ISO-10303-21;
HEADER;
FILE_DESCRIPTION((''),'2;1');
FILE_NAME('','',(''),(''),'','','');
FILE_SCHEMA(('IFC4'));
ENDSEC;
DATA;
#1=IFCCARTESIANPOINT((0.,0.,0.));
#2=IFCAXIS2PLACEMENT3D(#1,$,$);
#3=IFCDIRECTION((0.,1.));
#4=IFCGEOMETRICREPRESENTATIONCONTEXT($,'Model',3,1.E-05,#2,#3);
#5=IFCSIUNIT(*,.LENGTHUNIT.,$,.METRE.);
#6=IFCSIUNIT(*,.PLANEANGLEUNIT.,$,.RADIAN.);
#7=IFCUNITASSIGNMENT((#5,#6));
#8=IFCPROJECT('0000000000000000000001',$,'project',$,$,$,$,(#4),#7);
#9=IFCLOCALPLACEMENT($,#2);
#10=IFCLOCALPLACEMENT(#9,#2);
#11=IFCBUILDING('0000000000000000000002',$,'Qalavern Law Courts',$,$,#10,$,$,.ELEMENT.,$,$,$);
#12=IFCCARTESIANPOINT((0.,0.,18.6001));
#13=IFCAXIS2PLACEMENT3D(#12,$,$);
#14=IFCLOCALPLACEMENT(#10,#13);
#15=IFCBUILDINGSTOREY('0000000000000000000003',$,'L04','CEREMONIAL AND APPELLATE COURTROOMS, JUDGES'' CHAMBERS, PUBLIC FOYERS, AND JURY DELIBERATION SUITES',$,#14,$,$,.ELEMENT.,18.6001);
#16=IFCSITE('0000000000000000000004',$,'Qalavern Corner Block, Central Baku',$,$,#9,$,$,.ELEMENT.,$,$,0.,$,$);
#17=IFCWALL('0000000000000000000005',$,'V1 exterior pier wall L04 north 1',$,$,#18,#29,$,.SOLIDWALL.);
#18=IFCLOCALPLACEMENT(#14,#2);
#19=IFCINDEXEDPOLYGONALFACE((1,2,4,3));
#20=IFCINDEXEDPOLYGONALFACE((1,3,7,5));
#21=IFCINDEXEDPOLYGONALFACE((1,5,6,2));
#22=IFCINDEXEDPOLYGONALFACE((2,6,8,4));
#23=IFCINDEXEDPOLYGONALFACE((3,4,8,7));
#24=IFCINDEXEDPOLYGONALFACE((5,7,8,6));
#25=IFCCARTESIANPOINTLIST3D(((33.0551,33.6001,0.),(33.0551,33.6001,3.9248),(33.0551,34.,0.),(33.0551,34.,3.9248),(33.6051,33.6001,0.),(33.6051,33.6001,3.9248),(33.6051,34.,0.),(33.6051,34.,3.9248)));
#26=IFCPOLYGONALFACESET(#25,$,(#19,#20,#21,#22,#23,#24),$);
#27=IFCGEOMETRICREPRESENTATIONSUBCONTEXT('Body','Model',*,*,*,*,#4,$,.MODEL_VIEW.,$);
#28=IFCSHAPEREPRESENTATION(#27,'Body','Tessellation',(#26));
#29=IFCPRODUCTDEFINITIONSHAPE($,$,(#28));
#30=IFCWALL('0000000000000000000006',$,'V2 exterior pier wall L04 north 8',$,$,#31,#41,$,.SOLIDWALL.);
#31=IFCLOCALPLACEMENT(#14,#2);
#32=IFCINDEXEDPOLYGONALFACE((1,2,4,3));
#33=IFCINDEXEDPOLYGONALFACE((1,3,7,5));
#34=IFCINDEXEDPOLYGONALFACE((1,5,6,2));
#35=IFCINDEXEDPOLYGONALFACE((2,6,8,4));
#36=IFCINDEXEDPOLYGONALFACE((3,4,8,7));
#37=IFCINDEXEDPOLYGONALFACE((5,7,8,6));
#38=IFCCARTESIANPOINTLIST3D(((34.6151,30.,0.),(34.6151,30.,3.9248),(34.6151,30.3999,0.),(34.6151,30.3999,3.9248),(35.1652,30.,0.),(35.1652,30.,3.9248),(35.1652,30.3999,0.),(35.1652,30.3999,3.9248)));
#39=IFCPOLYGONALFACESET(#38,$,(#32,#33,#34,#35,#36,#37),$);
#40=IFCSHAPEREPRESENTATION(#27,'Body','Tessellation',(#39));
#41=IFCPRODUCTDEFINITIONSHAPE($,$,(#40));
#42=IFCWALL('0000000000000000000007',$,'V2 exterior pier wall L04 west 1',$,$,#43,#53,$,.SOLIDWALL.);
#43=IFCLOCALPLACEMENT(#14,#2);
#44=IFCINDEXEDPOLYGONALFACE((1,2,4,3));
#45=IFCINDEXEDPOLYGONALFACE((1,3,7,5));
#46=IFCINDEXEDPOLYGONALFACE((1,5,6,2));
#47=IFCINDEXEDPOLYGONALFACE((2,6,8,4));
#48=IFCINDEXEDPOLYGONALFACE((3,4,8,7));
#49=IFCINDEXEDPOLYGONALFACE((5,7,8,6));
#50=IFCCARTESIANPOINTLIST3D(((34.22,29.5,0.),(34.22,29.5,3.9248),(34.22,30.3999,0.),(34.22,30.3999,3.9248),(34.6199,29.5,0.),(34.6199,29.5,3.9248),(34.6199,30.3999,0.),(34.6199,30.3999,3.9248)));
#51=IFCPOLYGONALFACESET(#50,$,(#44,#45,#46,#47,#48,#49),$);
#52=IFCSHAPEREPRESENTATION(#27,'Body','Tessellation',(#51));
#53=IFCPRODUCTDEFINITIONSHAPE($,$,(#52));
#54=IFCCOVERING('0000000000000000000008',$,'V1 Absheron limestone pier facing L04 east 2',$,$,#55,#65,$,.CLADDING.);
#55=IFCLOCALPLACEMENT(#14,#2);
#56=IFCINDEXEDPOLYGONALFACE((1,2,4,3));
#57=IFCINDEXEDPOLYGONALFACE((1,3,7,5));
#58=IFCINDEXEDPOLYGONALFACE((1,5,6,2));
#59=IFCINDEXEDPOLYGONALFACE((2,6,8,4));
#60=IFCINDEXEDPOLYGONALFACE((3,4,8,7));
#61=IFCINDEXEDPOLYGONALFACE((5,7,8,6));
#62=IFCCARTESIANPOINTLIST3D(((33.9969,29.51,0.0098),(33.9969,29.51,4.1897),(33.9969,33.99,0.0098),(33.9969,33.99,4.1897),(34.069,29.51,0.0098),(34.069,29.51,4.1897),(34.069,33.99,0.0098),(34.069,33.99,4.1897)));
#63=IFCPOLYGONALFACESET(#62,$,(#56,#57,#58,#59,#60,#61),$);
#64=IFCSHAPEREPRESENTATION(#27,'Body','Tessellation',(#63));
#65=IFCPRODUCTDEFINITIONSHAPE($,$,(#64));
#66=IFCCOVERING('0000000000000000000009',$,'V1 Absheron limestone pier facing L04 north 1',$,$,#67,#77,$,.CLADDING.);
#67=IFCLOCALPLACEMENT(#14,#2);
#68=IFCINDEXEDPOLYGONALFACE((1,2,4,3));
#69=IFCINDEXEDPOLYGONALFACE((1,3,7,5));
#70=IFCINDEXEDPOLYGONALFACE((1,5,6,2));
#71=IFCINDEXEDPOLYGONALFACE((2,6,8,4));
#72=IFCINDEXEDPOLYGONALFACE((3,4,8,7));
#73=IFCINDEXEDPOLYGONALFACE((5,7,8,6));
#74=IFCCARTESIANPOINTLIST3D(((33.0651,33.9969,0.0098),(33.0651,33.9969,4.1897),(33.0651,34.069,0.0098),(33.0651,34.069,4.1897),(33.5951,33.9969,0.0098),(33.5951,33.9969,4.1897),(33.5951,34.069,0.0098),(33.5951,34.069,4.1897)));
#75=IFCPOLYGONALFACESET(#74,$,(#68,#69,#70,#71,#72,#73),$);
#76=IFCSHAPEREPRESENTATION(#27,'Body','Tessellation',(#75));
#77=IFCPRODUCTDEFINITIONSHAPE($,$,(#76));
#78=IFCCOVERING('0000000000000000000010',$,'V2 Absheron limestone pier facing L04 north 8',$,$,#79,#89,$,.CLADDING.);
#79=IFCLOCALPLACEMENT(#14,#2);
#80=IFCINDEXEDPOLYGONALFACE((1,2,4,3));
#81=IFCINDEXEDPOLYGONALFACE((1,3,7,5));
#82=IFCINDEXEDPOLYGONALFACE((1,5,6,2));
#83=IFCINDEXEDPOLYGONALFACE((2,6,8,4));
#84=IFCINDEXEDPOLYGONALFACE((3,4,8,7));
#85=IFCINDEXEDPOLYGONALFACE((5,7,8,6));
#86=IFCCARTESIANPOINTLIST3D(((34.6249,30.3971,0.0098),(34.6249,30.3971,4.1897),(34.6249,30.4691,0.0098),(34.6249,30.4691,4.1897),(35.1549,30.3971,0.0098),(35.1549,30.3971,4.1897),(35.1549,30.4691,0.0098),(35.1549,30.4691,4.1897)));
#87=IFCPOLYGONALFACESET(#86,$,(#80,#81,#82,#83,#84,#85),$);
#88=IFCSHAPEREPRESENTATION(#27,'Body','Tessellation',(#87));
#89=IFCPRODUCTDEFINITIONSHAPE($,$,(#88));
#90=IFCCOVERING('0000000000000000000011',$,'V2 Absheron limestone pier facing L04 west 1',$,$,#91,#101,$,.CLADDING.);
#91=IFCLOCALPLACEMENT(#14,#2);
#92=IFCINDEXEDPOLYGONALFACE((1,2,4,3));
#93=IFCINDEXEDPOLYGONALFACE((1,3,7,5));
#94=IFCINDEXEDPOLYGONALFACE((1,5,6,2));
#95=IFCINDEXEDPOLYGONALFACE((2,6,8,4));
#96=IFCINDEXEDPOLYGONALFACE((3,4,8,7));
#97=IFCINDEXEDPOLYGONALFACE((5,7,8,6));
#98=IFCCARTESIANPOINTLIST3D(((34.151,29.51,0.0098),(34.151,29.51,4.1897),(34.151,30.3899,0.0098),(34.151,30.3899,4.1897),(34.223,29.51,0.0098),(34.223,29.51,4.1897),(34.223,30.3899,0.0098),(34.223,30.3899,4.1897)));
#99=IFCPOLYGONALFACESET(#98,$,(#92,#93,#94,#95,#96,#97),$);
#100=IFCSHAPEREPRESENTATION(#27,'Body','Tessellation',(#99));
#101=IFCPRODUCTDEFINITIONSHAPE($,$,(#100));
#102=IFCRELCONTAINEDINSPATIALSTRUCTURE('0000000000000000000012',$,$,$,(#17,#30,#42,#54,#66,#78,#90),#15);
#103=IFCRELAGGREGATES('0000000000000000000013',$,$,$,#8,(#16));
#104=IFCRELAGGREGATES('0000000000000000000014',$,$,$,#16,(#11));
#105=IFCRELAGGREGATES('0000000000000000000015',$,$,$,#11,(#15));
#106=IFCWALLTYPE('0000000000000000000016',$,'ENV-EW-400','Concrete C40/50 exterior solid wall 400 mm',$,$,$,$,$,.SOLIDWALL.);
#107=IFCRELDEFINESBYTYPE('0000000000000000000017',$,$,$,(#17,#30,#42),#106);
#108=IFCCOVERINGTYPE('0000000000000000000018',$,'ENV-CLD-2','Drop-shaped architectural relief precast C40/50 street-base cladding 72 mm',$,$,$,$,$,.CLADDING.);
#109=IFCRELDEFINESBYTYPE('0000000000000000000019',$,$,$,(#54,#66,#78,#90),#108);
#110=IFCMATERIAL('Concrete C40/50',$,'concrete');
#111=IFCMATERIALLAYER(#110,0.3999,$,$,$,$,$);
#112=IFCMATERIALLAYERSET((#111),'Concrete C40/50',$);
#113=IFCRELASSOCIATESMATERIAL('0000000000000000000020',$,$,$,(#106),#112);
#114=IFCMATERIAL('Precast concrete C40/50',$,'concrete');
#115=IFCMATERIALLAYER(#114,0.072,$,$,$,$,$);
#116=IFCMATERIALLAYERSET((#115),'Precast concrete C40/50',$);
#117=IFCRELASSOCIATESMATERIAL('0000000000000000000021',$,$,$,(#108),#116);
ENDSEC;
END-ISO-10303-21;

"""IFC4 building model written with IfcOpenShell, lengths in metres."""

from ifc_helpers import new_model, si_unit, direction, frame, frame_2d, origin, origin_2d, place, context, subcontext, project, spatial, rectangle, extrude, material, layer, layer_set, type_object, element, save


model = new_model("IFC4")

# Units and contexts
model_context = context("Model", 3, precision=1e-05, world=origin(), true_north=direction((0.0, 1.0)))
body_context = subcontext(model_context, "Body", "Model", "MODEL_VIEW")
ifc_project = project(units=[si_unit("LENGTHUNIT", "METRE"), si_unit("PLANEANGLEUNIT", "RADIAN")], contexts=[model_context])

# Site, building, storey
site_placement = place(None, origin())
site = spatial("IfcSite", under=ifc_project, at=site_placement, Name="Qalavern Corner Block, Central Baku", CompositionType="ELEMENT", RefElevation=0.0)
building_placement = place(site_placement, origin())
building = spatial("IfcBuilding", under=site, at=building_placement, Name="Qalavern Law Courts", CompositionType="ELEMENT")
storey_placement = place(building_placement, frame((0.0, 0.0, 18.6001)))
storey = spatial("IfcBuildingStorey", under=building, at=storey_placement, Name="L04", Description="CEREMONIAL AND APPELLATE COURTROOMS, JUDGES' CHAMBERS, PUBLIC FOYERS, AND JURY DELIBERATION SUITES", CompositionType="ELEMENT", Elevation=18.6001)

# Shared definitions
ifc_material_1 = material(Name="Concrete C40/50", Category="concrete")

# Walls
ifc_layer_1 = layer(ifc_material_1, 0.3999)
ifc_layer_set_1 = layer_set([ifc_layer_1], Name="Concrete C40/50")
wall_type = type_object("IfcWallType", Name="ENV-EW-400", Description="Concrete C40/50 exterior solid wall 400 mm", PredefinedType="SOLIDWALL", material=ifc_layer_set_1)
for number, where, z_axis, x_axis, name in (
    (1, (33.605, 33.8, 0.0), (0.0, 0.0, 1.0), (-1.0, 0.0, 0.0), "V1 exterior pier wall L04 north 1"),
    (2, (35.165, 30.2, 0.0), (0.0, 0.0, 1.0), (-1.0, 0.0, 0.0), "V2 exterior pier wall L04 north 8"),
):
    element("IfcWall", number, at=place(storey_placement, frame(where, z_axis=z_axis, x_axis=x_axis)), inside=storey, type_object=wall_type, Name=name, PredefinedType="SOLIDWALL", context=body_context, shape_type="SweptSolid", body=[
        extrude(rectangle(XDim=0.55, YDim=0.3999, at=frame_2d((0.2749, 0.0))), origin(), (0.0, 0.0, 1.0), 3.9248),
    ])
wall_1_placement = place(storey_placement, frame((34.4199, 30.3999, 0.0), z_axis=(0.0, 0.0, 1.0), x_axis=(0.0, -1.0, 0.0)))
element("IfcWall", 3, at=wall_1_placement, inside=storey, type_object=wall_type, Name="V2 exterior pier wall L04 west 1", PredefinedType="SOLIDWALL", context=body_context, shape_type="SweptSolid", body=[
    extrude(rectangle(XDim=0.8999, YDim=0.3999, at=frame_2d((0.45, 0.0))), origin(), (0.0, 0.0, 1.0), 3.9248),
])

# Coverings
ifc_material_2 = material(Name="Precast concrete C40/50", Category="concrete")
ifc_layer_2 = layer(ifc_material_2, 0.072)
ifc_layer_set_2 = layer_set([ifc_layer_2], Name="Precast concrete C40/50")
covering_type = type_object("IfcCoveringType", Name="ENV-CLD-2", Description="Drop-shaped architectural relief precast C40/50 street-base cladding 72 mm", PredefinedType="CLADDING", material=ifc_layer_set_2)
covering_1_placement = place(storey_placement, frame((34.033, 31.75, 0.0098), z_axis=(0.0, 0.0, 1.0), x_axis=(0.0, 1.0, 0.0)))
element("IfcCovering", 4, at=covering_1_placement, inside=storey, type_object=covering_type, Name="V1 Absheron limestone pier facing L04 east 2", PredefinedType="CLADDING", context=body_context, shape_type="SweptSolid", body=[
    extrude(rectangle(XDim=4.48, YDim=0.072, at=origin_2d()), origin(), (0.0, 0.0, 1.0), 4.1799),
])
for number, where, z_axis, x_axis, name in (
    (5, (33.3301, 34.033, 0.0098), (0.0, 0.0, 1.0), (-1.0, 0.0, 0.0), "V1 Absheron limestone pier facing L04 north 1"),
    (6, (34.8899, 30.4331, 0.0098), (0.0, 0.0, 1.0), (-1.0, 0.0, 0.0), "V2 Absheron limestone pier facing L04 north 8"),
):
    element("IfcCovering", number, at=place(storey_placement, frame(where, z_axis=z_axis, x_axis=x_axis)), inside=storey, type_object=covering_type, Name=name, PredefinedType="CLADDING", context=body_context, shape_type="SweptSolid", body=[
        extrude(rectangle(XDim=0.53, YDim=0.072, at=origin_2d()), origin(), (0.0, 0.0, 1.0), 4.1799),
    ])
covering_2_placement = place(storey_placement, frame((34.187, 29.95, 0.0098), z_axis=(0.0, 0.0, 1.0), x_axis=(0.0, -1.0, 0.0)))
element("IfcCovering", 7, at=covering_2_placement, inside=storey, type_object=covering_type, Name="V2 Absheron limestone pier facing L04 west 1", PredefinedType="CLADDING", context=body_context, shape_type="SweptSolid", body=[
    extrude(rectangle(XDim=0.8799, YDim=0.072, at=origin_2d()), origin(), (0.0, 0.0, 1.0), 4.1799),
])

save(model, "model.ifc")
